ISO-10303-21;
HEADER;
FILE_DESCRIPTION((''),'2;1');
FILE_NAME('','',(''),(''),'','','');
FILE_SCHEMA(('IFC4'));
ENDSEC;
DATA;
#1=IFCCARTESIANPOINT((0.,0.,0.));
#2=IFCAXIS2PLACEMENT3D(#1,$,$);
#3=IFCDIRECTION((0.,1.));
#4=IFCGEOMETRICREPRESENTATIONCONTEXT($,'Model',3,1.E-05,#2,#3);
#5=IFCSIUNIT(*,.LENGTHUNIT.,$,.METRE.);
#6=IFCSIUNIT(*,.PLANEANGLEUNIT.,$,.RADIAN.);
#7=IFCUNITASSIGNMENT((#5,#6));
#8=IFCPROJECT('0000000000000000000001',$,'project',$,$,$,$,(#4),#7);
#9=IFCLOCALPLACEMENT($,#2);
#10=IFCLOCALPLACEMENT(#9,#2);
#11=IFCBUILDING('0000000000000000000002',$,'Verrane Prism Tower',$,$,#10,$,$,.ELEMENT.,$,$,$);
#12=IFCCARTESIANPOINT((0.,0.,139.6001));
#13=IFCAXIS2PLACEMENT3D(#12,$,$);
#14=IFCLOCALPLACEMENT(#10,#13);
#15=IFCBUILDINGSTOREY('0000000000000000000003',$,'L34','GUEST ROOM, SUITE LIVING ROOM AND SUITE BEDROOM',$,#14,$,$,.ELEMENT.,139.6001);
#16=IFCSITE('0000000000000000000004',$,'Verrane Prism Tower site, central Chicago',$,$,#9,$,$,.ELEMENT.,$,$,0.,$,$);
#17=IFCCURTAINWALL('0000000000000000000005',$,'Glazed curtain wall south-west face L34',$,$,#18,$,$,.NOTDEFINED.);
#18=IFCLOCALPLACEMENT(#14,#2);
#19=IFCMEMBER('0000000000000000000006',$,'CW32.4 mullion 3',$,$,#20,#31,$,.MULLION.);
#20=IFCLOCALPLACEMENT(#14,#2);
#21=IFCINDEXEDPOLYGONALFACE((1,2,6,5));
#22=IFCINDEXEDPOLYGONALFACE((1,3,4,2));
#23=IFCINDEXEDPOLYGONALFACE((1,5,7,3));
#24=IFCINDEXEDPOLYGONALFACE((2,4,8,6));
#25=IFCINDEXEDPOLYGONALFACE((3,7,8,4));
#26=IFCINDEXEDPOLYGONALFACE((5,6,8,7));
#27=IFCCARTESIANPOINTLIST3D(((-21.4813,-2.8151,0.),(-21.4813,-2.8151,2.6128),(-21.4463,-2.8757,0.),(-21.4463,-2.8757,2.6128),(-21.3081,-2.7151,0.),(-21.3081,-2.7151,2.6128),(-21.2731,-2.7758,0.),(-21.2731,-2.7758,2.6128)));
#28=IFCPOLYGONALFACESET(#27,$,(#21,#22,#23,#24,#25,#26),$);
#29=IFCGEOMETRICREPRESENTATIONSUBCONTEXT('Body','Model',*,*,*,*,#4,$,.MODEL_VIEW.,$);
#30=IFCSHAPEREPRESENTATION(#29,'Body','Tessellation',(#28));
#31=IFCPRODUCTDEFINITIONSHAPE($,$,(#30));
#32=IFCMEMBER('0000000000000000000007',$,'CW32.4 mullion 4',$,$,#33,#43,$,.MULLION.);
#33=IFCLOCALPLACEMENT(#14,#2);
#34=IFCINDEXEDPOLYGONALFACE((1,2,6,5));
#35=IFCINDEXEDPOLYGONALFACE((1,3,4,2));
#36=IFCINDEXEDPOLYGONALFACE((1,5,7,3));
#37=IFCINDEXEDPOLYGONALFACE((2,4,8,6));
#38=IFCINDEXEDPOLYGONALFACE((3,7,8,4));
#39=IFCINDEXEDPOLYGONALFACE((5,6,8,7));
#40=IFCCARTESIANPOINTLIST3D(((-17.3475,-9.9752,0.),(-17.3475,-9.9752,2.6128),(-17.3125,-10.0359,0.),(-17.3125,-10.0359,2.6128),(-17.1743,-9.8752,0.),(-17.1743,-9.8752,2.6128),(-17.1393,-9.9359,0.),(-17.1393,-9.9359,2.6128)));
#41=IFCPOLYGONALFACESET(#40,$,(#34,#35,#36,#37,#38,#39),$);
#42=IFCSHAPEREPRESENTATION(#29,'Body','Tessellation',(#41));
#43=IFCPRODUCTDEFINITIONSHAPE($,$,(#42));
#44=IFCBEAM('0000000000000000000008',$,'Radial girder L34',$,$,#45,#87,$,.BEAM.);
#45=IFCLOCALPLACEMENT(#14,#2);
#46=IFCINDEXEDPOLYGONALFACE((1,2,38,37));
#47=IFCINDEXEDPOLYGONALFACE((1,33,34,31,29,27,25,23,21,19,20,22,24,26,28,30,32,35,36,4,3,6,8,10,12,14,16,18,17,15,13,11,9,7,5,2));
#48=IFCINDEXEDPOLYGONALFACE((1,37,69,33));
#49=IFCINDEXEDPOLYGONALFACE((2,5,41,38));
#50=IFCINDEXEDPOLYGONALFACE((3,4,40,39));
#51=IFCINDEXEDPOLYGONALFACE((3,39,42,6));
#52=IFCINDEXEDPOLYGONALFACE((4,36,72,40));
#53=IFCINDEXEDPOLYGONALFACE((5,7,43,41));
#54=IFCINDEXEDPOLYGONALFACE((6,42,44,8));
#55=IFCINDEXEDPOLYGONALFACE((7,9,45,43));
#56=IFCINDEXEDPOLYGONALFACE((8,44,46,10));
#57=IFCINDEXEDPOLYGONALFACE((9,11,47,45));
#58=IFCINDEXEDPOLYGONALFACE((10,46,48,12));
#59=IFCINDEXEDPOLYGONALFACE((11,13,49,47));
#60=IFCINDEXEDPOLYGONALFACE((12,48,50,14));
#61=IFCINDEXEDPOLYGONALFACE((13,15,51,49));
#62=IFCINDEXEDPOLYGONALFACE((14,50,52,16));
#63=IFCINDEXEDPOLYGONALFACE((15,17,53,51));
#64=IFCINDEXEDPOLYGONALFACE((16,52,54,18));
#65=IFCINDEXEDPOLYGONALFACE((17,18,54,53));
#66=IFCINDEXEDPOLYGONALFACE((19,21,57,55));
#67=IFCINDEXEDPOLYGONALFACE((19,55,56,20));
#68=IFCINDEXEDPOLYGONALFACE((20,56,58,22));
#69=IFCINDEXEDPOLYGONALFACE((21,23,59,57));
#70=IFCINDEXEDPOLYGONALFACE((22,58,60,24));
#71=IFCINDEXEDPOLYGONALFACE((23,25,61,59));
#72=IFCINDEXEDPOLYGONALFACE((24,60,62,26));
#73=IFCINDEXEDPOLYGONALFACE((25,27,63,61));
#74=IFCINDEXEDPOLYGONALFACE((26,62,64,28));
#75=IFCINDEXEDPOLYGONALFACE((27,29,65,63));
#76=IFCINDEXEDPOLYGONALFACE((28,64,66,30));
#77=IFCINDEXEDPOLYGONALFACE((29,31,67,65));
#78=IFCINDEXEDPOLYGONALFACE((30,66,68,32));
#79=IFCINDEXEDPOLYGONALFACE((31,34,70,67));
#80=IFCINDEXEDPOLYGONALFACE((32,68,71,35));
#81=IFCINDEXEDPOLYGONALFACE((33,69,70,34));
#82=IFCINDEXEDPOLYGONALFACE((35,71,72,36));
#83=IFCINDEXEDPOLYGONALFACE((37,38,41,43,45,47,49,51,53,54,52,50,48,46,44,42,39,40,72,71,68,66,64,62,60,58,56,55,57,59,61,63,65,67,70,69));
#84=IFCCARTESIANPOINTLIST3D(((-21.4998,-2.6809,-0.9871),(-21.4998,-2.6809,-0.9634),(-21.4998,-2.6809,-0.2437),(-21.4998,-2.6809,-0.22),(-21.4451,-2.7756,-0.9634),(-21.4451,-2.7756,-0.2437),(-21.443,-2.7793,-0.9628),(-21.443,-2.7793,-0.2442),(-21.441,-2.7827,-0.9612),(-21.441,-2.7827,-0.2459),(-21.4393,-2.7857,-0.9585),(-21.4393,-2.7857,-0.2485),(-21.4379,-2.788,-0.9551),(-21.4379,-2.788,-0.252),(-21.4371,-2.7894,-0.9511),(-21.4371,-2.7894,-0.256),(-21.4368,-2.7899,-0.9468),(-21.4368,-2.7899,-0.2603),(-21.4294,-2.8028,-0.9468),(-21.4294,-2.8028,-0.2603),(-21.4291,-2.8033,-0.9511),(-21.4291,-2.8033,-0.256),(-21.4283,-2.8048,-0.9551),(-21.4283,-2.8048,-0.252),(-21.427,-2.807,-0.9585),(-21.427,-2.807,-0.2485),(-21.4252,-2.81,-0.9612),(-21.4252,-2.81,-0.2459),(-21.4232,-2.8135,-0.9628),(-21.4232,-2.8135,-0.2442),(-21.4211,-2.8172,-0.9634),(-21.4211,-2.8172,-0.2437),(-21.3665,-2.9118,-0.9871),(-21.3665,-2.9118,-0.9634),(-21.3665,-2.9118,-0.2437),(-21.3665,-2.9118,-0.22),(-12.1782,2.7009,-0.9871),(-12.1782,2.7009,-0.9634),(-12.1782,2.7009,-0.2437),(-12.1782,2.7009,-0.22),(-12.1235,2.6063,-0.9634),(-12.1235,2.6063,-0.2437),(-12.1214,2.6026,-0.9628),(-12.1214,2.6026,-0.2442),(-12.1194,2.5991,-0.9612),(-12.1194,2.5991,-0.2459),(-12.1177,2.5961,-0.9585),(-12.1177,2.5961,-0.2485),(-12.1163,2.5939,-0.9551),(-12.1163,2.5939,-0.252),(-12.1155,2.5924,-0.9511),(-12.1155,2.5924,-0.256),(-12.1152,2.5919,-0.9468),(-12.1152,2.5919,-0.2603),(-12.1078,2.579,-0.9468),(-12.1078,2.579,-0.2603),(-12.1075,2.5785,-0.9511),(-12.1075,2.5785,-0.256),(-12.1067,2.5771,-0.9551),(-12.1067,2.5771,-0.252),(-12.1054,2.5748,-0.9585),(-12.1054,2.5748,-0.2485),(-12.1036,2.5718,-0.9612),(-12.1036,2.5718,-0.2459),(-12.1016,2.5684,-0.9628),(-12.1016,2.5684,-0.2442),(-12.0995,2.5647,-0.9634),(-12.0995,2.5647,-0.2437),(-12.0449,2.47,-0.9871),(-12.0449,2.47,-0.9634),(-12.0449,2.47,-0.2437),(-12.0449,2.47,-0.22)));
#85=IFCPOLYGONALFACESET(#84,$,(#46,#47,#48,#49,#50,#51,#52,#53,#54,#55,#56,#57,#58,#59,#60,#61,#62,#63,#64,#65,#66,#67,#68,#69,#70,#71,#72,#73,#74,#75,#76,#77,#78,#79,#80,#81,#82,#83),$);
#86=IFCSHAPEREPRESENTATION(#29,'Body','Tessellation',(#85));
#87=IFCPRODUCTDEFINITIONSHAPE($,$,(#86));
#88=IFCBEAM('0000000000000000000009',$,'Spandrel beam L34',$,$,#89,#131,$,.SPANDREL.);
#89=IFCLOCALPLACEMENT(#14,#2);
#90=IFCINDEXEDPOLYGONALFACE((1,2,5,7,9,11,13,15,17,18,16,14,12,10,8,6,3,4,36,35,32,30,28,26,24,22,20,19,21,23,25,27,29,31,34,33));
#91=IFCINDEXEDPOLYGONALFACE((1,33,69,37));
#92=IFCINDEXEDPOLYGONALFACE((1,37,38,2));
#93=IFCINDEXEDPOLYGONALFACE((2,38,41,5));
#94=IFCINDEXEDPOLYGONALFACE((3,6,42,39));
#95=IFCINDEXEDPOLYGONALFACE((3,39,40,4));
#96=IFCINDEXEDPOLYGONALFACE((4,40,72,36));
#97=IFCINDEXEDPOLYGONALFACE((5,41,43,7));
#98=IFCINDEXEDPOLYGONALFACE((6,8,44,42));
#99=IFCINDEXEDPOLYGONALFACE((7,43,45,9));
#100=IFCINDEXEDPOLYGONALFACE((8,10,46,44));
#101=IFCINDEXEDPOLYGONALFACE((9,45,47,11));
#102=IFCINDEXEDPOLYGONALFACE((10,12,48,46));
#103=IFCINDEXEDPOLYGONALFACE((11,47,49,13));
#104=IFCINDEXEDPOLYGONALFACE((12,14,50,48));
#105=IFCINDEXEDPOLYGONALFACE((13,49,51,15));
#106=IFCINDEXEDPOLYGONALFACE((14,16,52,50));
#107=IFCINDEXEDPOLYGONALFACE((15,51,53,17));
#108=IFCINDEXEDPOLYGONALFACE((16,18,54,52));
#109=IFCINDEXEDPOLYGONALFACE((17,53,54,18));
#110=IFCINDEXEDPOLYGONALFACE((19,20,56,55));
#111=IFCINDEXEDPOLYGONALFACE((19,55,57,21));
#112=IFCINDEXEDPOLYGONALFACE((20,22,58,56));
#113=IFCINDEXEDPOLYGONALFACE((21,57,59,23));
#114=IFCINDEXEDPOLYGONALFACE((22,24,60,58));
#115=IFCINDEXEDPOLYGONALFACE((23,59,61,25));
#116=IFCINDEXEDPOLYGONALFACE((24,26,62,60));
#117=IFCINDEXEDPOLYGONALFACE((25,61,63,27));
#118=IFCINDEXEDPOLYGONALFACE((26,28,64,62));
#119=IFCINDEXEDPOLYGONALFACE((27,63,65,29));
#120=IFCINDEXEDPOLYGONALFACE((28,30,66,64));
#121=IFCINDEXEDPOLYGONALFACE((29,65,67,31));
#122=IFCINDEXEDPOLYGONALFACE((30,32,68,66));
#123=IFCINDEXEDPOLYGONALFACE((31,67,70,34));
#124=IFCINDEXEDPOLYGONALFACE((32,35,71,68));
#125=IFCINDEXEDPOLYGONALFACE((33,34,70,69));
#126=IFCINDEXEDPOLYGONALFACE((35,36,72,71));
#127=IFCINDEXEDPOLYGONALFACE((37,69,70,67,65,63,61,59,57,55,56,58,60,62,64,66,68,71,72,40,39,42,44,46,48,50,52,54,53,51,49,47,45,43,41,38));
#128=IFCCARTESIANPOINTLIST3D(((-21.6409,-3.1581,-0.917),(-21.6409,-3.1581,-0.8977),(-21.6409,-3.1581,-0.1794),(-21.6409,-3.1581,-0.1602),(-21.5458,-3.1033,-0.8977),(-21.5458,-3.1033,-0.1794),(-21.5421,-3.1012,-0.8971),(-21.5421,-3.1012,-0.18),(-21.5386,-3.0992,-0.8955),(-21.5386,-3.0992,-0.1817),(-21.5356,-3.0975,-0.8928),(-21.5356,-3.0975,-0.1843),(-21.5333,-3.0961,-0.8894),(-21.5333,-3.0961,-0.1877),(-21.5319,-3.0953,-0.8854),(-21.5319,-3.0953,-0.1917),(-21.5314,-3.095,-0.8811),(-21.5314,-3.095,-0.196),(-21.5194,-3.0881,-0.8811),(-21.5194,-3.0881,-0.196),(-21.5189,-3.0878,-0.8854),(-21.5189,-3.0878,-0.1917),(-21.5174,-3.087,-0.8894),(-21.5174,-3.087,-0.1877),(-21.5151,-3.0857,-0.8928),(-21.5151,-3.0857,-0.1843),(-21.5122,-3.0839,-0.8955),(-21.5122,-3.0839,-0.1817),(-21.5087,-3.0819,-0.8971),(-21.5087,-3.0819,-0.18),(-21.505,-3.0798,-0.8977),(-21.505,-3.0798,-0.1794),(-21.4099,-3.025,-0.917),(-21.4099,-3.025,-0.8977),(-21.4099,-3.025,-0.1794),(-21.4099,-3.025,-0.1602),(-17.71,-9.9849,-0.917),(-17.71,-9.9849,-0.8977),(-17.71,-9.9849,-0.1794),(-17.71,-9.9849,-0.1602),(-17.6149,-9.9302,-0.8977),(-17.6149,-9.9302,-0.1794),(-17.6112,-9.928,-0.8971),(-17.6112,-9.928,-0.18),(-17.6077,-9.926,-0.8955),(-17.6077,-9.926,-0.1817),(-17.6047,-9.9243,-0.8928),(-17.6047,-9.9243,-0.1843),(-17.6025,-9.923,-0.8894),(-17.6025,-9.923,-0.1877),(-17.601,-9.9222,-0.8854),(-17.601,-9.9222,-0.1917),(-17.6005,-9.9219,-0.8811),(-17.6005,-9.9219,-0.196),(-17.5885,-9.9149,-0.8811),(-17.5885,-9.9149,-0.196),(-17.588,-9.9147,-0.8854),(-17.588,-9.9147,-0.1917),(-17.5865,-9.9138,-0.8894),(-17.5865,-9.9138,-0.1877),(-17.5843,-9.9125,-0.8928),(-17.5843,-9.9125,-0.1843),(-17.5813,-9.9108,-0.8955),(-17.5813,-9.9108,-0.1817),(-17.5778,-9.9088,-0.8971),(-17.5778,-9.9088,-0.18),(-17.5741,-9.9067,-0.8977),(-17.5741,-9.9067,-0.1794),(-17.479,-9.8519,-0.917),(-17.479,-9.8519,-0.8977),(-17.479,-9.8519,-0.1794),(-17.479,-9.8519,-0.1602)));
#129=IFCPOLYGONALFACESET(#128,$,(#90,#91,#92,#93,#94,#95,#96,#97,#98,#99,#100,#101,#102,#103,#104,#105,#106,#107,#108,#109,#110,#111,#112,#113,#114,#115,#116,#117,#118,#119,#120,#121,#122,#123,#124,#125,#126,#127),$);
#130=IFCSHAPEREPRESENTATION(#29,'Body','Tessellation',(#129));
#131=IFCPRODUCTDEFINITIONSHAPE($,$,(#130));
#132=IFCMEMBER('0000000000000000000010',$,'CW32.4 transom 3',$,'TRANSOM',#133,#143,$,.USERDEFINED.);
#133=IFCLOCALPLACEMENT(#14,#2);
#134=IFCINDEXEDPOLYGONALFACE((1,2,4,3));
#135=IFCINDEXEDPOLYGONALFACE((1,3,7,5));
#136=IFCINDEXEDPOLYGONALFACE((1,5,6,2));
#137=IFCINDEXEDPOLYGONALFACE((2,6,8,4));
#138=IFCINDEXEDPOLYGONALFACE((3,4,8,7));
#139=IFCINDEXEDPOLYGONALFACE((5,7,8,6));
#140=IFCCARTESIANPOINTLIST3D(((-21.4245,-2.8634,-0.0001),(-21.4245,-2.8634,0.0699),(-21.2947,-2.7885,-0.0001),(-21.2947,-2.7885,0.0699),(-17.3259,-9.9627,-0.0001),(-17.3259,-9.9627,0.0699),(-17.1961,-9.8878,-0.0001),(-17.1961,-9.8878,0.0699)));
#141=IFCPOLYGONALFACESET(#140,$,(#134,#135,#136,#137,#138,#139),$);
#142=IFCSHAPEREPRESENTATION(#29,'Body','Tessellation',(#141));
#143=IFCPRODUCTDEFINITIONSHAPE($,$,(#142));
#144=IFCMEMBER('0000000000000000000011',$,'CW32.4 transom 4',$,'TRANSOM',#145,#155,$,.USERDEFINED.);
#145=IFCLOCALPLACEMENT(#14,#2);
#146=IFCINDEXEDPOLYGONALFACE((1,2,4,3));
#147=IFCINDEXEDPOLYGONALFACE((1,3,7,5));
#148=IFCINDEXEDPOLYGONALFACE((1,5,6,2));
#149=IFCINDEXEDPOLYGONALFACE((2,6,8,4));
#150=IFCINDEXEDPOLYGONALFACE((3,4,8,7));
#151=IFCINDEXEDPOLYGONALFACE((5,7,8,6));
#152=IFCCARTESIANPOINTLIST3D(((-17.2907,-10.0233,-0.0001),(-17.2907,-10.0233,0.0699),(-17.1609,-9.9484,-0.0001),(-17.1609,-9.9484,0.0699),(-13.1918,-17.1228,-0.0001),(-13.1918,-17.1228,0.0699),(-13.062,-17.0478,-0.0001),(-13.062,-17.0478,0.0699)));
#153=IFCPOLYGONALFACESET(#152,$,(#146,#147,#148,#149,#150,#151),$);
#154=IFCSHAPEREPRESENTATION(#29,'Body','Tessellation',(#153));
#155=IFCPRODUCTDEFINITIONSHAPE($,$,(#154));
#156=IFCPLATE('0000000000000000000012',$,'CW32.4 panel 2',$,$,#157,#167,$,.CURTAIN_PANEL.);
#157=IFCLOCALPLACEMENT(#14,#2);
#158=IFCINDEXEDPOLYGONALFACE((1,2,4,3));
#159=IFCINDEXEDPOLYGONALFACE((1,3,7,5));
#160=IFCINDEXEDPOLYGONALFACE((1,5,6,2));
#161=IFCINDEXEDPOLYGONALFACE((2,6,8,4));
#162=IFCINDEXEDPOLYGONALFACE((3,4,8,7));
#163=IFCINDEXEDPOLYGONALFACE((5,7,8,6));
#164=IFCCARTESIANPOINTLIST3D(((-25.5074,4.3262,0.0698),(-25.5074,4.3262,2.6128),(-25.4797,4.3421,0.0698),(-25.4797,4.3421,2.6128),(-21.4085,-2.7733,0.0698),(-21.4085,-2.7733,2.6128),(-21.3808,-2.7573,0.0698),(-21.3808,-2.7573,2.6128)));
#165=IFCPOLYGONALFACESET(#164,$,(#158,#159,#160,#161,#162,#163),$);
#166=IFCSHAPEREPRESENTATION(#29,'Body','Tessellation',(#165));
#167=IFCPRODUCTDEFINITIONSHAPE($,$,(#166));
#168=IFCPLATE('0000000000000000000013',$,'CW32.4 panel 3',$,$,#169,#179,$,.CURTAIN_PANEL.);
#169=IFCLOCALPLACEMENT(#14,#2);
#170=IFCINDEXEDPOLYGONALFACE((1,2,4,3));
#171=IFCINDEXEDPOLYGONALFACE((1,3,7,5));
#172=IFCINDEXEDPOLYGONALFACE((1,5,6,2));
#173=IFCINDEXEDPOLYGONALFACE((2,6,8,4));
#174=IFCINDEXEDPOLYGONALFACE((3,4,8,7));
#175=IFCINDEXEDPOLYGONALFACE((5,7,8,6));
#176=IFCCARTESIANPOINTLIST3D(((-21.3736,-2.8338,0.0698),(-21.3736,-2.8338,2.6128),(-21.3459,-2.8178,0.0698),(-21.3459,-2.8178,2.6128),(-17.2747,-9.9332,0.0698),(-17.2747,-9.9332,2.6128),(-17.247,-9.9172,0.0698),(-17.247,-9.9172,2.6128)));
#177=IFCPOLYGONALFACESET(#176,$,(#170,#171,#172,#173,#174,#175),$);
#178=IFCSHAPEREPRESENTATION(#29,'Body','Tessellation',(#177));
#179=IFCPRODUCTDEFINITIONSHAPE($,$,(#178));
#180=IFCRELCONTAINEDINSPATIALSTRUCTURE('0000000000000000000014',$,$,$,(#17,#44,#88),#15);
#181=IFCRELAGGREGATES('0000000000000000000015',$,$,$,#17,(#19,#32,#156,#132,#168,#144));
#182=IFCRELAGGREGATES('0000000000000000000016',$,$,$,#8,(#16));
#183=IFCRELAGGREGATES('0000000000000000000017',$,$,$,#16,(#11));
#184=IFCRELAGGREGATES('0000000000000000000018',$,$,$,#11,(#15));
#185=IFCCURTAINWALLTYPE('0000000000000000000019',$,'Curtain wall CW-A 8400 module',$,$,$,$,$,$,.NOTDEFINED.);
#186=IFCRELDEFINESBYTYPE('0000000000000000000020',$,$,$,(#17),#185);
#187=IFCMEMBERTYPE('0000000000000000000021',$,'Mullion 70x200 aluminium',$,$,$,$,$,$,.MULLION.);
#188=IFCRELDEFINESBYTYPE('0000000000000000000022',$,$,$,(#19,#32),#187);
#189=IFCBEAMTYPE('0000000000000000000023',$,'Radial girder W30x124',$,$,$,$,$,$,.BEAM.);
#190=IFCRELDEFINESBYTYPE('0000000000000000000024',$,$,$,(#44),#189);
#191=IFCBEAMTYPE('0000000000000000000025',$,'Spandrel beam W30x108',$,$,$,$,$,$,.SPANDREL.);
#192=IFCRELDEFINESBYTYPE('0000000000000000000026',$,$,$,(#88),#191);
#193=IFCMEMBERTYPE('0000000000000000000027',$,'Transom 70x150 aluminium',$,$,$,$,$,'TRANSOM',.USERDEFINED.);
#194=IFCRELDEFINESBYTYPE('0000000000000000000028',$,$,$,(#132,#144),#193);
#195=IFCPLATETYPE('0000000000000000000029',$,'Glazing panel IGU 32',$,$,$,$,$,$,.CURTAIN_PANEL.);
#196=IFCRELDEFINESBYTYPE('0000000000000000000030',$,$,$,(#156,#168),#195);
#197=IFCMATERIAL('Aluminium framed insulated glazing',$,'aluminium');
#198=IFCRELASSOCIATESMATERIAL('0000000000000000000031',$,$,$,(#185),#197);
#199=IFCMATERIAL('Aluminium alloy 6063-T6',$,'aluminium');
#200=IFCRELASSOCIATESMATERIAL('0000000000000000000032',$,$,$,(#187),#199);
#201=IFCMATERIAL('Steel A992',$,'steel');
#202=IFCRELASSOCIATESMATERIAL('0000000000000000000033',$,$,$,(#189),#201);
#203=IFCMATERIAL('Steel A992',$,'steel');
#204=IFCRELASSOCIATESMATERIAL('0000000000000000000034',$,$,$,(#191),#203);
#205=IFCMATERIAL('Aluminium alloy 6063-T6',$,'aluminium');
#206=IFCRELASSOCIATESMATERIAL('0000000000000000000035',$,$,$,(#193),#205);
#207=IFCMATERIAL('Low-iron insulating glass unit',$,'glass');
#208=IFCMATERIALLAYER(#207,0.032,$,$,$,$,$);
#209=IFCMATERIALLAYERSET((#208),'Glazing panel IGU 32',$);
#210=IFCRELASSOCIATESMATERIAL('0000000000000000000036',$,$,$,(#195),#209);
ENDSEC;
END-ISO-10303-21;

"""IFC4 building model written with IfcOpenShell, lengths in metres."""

from ifc_helpers import new_model, si_unit, direction, frame, origin, origin_2d, place, context, subcontext, project, spatial, rectangle, i_section, extrude, material, layer, layer_set, material_profile, profile_set, type_object, element, aggregate, save


model = new_model("IFC4")

# Units and contexts
model_context = context("Model", 3, precision=1e-05, world=origin(), true_north=direction((0.0, 1.0)))
body_context = subcontext(model_context, "Body", "Model", "MODEL_VIEW")
ifc_project = project(units=[si_unit("LENGTHUNIT", "METRE"), si_unit("PLANEANGLEUNIT", "RADIAN")], contexts=[model_context])

# Site, building, storey
site_placement = place(None, origin())
site = spatial("IfcSite", under=ifc_project, at=site_placement, Name="Verrane Prism Tower site, central Chicago", CompositionType="ELEMENT", RefElevation=0.0)
building_placement = place(site_placement, origin())
building = spatial("IfcBuilding", under=site, at=building_placement, Name="Verrane Prism Tower", CompositionType="ELEMENT")
storey_placement = place(building_placement, frame((0.0, 0.0, 139.6001)))
storey = spatial("IfcBuildingStorey", under=building, at=storey_placement, Name="L34", Description="GUEST ROOM, SUITE LIVING ROOM AND SUITE BEDROOM", CompositionType="ELEMENT", Elevation=139.6001)

# Curtain wall, members
ifc_material_1 = material(Name="Aluminium framed insulated glazing", Category="aluminium")
curtain_wall_type = type_object("IfcCurtainWallType", Name="Curtain wall CW-A 8400 module", PredefinedType="NOTDEFINED", material=ifc_material_1)
curtain_wall_placement = place(storey_placement, origin())
curtain_wall = element("IfcCurtainWall", 1, at=curtain_wall_placement, inside=storey, type_object=curtain_wall_type, Name="Glazed curtain wall south-west face L34", PredefinedType="NOTDEFINED")
ifc_material_2 = material(Name="Aluminium alloy 6063-T6", Category="aluminium")
ifc_material_profile_1 = material_profile(ifc_material_2, rectangle(XDim=0.2, YDim=0.0701, at=origin_2d()), Name="Mullion 70x200 aluminium")
ifc_profile_set_1 = profile_set([ifc_material_profile_1], Name="Aluminium alloy 6063-T6")
member_type_1 = type_object("IfcMemberType", Name="Mullion 70x200 aluminium", PredefinedType="MULLION", material=ifc_profile_set_1)
member_1_placement = place(storey_placement, frame((-21.3772, -2.7954, 0.0), z_axis=(0.0, 0.0, 1.0), x_axis=(0.866025, 0.5, 0.0)))
member_1 = element("IfcMember", 2, at=member_1_placement, type_object=member_type_1, Name="CW32.4 mullion 3", PredefinedType="MULLION", context=body_context, shape_type="SweptSolid", body=[
    extrude(rectangle(XDim=0.2, YDim=0.0701, at=origin_2d()), origin(), (0.0, 0.0, 1.0), 2.6128),
])
member_2_placement = place(storey_placement, frame((-17.2434, -9.9556, 0.0), z_axis=(0.0, 0.0, 1.0), x_axis=(0.866025, 0.5, 0.0)))
member_2 = element("IfcMember", 3, at=member_2_placement, type_object=member_type_1, Name="CW32.4 mullion 4", PredefinedType="MULLION", context=body_context, shape_type="SweptSolid", body=[
    extrude(rectangle(XDim=0.2, YDim=0.0701, at=origin_2d()), origin(), (0.0, 0.0, 1.0), 2.6128),
])

# Beams
ifc_material_3 = material(Name="Steel A992", Category="steel")
ifc_material_profile_2 = material_profile(ifc_material_3, i_section(OverallWidth=0.2666, OverallDepth=0.7671, WebThickness=0.0149, FlangeThickness=0.0237, FilletRadius=0.0166, at=origin_2d()), Name="W30x124")
ifc_profile_set_2 = profile_set([ifc_material_profile_2], Name="Steel A992")
beam_type_1 = type_object("IfcBeamType", Name="Radial girder W30x124", PredefinedType="BEAM", material=ifc_profile_set_2)
beam_1_placement = place(storey_placement, frame((-21.4331, -2.7964, -0.6035), z_axis=(0.866024, 0.500003, 0.0), x_axis=(-0.500003, 0.866024, 0.0)))
element("IfcBeam", 4, at=beam_1_placement, inside=storey, type_object=beam_type_1, Name="Radial girder L34", PredefinedType="BEAM", context=body_context, shape_type="SweptSolid", body=[
    extrude(i_section(OverallWidth=0.2666, OverallDepth=0.7671, WebThickness=0.0149, FlangeThickness=0.0237, FilletRadius=0.0166, at=origin_2d()), origin(), (0.0, 0.0, 1.0), 10.7637),
])
ifc_material_4 = material(Name="Steel A992", Category="steel")
ifc_material_profile_3 = material_profile(ifc_material_4, i_section(OverallWidth=0.2666, OverallDepth=0.7568, WebThickness=0.0139, FlangeThickness=0.0193, FilletRadius=0.0166, at=origin_2d()), Name="W30x108")
ifc_profile_set_3 = profile_set([ifc_material_profile_3], Name="Steel A992")
beam_type_2 = type_object("IfcBeamType", Name="Spandrel beam W30x108", PredefinedType="SPANDREL", material=ifc_profile_set_3)
beam_2_placement = place(storey_placement, frame((-21.5254, -3.0916, -0.5386), z_axis=(0.49899, -0.866608, 0.0), x_axis=(0.866608, 0.49899, 0.0)))
element("IfcBeam", 5, at=beam_2_placement, inside=storey, type_object=beam_type_2, Name="Spandrel beam L34", PredefinedType="SPANDREL", context=body_context, shape_type="SweptSolid", body=[
    extrude(i_section(OverallWidth=0.2666, OverallDepth=0.7568, WebThickness=0.0139, FlangeThickness=0.0193, FilletRadius=0.0166, at=origin_2d()), origin(), (0.0, 0.0, 1.0), 7.8777),
])

# Members
ifc_material_5 = material(Name="Aluminium alloy 6063-T6", Category="aluminium")
ifc_material_profile_4 = material_profile(ifc_material_5, rectangle(XDim=0.1499, YDim=0.0701, at=origin_2d()), Name="Transom 70x150 aluminium")
ifc_profile_set_4 = profile_set([ifc_material_profile_4], Name="Aluminium alloy 6063-T6")
member_type_2 = type_object("IfcMemberType", Name="Transom 70x150 aluminium", ElementType="TRANSOM", PredefinedType="USERDEFINED", material=ifc_profile_set_4)
member_3_placement = place(storey_placement, frame((-21.3596, -2.8259, 0.0349), z_axis=(0.499983, -0.866035, 0.0), x_axis=(0.866035, 0.499983, 0.0)))
member_3 = element("IfcMember", 6, at=member_3_placement, type_object=member_type_2, Name="CW32.4 transom 3", ObjectType="TRANSOM", PredefinedType="USERDEFINED", context=body_context, shape_type="SweptSolid", body=[
    extrude(rectangle(XDim=0.1499, YDim=0.0701, at=origin_2d()), origin(), (0.0, 0.0, 1.0), 8.1975),
])
member_4_placement = place(storey_placement, frame((-17.2258, -9.9858, 0.0349), z_axis=(0.500005, -0.866022, 0.0), x_axis=(0.866022, 0.500005, 0.0)))
member_4 = element("IfcMember", 7, at=member_4_placement, type_object=member_type_2, Name="CW32.4 transom 4", ObjectType="TRANSOM", PredefinedType="USERDEFINED", context=body_context, shape_type="SweptSolid", body=[
    extrude(rectangle(XDim=0.1499, YDim=0.0701, at=origin_2d()), origin(), (0.0, 0.0, 1.0), 8.1978),
])

# Plates
ifc_material_6 = material(Name="Low-iron insulating glass unit", Category="glass")
ifc_layer_1 = layer(ifc_material_6, 0.032)
ifc_layer_set_1 = layer_set([ifc_layer_1], Name="Glazing panel IGU 32")
plate_type = type_object("IfcPlateType", Name="Glazing panel IGU 32", PredefinedType="CURTAIN_PANEL", material=ifc_layer_set_1)
plate_1_placement = place(storey_placement, frame((-23.4441, 0.7844, 0.0698), z_axis=(0.0, 0.0, 1.0), x_axis=(0.5, -0.866025, 0.0)))
plate_1 = element("IfcPlate", 8, at=plate_1_placement, type_object=plate_type, Name="CW32.4 panel 2", PredefinedType="CURTAIN_PANEL", context=body_context, shape_type="SweptSolid", body=[
    extrude(rectangle(XDim=8.1978, YDim=0.032, at=origin_2d()), origin(), (0.0, 0.0, 1.0), 2.543),
])
plate_2_placement = place(storey_placement, frame((-19.3103, -6.3755, 0.0698), z_axis=(0.0, 0.0, 1.0), x_axis=(0.5, -0.866025, 0.0)))
plate_2 = element("IfcPlate", 9, at=plate_2_placement, type_object=plate_type, Name="CW32.4 panel 3", PredefinedType="CURTAIN_PANEL", context=body_context, shape_type="SweptSolid", body=[
    extrude(rectangle(XDim=8.1978, YDim=0.032, at=origin_2d()), origin(), (0.0, 0.0, 1.0), 2.543),
])
aggregate(curtain_wall, [member_1, member_2, plate_1, member_3, plate_2, member_4])

save(model, "model.ifc")
